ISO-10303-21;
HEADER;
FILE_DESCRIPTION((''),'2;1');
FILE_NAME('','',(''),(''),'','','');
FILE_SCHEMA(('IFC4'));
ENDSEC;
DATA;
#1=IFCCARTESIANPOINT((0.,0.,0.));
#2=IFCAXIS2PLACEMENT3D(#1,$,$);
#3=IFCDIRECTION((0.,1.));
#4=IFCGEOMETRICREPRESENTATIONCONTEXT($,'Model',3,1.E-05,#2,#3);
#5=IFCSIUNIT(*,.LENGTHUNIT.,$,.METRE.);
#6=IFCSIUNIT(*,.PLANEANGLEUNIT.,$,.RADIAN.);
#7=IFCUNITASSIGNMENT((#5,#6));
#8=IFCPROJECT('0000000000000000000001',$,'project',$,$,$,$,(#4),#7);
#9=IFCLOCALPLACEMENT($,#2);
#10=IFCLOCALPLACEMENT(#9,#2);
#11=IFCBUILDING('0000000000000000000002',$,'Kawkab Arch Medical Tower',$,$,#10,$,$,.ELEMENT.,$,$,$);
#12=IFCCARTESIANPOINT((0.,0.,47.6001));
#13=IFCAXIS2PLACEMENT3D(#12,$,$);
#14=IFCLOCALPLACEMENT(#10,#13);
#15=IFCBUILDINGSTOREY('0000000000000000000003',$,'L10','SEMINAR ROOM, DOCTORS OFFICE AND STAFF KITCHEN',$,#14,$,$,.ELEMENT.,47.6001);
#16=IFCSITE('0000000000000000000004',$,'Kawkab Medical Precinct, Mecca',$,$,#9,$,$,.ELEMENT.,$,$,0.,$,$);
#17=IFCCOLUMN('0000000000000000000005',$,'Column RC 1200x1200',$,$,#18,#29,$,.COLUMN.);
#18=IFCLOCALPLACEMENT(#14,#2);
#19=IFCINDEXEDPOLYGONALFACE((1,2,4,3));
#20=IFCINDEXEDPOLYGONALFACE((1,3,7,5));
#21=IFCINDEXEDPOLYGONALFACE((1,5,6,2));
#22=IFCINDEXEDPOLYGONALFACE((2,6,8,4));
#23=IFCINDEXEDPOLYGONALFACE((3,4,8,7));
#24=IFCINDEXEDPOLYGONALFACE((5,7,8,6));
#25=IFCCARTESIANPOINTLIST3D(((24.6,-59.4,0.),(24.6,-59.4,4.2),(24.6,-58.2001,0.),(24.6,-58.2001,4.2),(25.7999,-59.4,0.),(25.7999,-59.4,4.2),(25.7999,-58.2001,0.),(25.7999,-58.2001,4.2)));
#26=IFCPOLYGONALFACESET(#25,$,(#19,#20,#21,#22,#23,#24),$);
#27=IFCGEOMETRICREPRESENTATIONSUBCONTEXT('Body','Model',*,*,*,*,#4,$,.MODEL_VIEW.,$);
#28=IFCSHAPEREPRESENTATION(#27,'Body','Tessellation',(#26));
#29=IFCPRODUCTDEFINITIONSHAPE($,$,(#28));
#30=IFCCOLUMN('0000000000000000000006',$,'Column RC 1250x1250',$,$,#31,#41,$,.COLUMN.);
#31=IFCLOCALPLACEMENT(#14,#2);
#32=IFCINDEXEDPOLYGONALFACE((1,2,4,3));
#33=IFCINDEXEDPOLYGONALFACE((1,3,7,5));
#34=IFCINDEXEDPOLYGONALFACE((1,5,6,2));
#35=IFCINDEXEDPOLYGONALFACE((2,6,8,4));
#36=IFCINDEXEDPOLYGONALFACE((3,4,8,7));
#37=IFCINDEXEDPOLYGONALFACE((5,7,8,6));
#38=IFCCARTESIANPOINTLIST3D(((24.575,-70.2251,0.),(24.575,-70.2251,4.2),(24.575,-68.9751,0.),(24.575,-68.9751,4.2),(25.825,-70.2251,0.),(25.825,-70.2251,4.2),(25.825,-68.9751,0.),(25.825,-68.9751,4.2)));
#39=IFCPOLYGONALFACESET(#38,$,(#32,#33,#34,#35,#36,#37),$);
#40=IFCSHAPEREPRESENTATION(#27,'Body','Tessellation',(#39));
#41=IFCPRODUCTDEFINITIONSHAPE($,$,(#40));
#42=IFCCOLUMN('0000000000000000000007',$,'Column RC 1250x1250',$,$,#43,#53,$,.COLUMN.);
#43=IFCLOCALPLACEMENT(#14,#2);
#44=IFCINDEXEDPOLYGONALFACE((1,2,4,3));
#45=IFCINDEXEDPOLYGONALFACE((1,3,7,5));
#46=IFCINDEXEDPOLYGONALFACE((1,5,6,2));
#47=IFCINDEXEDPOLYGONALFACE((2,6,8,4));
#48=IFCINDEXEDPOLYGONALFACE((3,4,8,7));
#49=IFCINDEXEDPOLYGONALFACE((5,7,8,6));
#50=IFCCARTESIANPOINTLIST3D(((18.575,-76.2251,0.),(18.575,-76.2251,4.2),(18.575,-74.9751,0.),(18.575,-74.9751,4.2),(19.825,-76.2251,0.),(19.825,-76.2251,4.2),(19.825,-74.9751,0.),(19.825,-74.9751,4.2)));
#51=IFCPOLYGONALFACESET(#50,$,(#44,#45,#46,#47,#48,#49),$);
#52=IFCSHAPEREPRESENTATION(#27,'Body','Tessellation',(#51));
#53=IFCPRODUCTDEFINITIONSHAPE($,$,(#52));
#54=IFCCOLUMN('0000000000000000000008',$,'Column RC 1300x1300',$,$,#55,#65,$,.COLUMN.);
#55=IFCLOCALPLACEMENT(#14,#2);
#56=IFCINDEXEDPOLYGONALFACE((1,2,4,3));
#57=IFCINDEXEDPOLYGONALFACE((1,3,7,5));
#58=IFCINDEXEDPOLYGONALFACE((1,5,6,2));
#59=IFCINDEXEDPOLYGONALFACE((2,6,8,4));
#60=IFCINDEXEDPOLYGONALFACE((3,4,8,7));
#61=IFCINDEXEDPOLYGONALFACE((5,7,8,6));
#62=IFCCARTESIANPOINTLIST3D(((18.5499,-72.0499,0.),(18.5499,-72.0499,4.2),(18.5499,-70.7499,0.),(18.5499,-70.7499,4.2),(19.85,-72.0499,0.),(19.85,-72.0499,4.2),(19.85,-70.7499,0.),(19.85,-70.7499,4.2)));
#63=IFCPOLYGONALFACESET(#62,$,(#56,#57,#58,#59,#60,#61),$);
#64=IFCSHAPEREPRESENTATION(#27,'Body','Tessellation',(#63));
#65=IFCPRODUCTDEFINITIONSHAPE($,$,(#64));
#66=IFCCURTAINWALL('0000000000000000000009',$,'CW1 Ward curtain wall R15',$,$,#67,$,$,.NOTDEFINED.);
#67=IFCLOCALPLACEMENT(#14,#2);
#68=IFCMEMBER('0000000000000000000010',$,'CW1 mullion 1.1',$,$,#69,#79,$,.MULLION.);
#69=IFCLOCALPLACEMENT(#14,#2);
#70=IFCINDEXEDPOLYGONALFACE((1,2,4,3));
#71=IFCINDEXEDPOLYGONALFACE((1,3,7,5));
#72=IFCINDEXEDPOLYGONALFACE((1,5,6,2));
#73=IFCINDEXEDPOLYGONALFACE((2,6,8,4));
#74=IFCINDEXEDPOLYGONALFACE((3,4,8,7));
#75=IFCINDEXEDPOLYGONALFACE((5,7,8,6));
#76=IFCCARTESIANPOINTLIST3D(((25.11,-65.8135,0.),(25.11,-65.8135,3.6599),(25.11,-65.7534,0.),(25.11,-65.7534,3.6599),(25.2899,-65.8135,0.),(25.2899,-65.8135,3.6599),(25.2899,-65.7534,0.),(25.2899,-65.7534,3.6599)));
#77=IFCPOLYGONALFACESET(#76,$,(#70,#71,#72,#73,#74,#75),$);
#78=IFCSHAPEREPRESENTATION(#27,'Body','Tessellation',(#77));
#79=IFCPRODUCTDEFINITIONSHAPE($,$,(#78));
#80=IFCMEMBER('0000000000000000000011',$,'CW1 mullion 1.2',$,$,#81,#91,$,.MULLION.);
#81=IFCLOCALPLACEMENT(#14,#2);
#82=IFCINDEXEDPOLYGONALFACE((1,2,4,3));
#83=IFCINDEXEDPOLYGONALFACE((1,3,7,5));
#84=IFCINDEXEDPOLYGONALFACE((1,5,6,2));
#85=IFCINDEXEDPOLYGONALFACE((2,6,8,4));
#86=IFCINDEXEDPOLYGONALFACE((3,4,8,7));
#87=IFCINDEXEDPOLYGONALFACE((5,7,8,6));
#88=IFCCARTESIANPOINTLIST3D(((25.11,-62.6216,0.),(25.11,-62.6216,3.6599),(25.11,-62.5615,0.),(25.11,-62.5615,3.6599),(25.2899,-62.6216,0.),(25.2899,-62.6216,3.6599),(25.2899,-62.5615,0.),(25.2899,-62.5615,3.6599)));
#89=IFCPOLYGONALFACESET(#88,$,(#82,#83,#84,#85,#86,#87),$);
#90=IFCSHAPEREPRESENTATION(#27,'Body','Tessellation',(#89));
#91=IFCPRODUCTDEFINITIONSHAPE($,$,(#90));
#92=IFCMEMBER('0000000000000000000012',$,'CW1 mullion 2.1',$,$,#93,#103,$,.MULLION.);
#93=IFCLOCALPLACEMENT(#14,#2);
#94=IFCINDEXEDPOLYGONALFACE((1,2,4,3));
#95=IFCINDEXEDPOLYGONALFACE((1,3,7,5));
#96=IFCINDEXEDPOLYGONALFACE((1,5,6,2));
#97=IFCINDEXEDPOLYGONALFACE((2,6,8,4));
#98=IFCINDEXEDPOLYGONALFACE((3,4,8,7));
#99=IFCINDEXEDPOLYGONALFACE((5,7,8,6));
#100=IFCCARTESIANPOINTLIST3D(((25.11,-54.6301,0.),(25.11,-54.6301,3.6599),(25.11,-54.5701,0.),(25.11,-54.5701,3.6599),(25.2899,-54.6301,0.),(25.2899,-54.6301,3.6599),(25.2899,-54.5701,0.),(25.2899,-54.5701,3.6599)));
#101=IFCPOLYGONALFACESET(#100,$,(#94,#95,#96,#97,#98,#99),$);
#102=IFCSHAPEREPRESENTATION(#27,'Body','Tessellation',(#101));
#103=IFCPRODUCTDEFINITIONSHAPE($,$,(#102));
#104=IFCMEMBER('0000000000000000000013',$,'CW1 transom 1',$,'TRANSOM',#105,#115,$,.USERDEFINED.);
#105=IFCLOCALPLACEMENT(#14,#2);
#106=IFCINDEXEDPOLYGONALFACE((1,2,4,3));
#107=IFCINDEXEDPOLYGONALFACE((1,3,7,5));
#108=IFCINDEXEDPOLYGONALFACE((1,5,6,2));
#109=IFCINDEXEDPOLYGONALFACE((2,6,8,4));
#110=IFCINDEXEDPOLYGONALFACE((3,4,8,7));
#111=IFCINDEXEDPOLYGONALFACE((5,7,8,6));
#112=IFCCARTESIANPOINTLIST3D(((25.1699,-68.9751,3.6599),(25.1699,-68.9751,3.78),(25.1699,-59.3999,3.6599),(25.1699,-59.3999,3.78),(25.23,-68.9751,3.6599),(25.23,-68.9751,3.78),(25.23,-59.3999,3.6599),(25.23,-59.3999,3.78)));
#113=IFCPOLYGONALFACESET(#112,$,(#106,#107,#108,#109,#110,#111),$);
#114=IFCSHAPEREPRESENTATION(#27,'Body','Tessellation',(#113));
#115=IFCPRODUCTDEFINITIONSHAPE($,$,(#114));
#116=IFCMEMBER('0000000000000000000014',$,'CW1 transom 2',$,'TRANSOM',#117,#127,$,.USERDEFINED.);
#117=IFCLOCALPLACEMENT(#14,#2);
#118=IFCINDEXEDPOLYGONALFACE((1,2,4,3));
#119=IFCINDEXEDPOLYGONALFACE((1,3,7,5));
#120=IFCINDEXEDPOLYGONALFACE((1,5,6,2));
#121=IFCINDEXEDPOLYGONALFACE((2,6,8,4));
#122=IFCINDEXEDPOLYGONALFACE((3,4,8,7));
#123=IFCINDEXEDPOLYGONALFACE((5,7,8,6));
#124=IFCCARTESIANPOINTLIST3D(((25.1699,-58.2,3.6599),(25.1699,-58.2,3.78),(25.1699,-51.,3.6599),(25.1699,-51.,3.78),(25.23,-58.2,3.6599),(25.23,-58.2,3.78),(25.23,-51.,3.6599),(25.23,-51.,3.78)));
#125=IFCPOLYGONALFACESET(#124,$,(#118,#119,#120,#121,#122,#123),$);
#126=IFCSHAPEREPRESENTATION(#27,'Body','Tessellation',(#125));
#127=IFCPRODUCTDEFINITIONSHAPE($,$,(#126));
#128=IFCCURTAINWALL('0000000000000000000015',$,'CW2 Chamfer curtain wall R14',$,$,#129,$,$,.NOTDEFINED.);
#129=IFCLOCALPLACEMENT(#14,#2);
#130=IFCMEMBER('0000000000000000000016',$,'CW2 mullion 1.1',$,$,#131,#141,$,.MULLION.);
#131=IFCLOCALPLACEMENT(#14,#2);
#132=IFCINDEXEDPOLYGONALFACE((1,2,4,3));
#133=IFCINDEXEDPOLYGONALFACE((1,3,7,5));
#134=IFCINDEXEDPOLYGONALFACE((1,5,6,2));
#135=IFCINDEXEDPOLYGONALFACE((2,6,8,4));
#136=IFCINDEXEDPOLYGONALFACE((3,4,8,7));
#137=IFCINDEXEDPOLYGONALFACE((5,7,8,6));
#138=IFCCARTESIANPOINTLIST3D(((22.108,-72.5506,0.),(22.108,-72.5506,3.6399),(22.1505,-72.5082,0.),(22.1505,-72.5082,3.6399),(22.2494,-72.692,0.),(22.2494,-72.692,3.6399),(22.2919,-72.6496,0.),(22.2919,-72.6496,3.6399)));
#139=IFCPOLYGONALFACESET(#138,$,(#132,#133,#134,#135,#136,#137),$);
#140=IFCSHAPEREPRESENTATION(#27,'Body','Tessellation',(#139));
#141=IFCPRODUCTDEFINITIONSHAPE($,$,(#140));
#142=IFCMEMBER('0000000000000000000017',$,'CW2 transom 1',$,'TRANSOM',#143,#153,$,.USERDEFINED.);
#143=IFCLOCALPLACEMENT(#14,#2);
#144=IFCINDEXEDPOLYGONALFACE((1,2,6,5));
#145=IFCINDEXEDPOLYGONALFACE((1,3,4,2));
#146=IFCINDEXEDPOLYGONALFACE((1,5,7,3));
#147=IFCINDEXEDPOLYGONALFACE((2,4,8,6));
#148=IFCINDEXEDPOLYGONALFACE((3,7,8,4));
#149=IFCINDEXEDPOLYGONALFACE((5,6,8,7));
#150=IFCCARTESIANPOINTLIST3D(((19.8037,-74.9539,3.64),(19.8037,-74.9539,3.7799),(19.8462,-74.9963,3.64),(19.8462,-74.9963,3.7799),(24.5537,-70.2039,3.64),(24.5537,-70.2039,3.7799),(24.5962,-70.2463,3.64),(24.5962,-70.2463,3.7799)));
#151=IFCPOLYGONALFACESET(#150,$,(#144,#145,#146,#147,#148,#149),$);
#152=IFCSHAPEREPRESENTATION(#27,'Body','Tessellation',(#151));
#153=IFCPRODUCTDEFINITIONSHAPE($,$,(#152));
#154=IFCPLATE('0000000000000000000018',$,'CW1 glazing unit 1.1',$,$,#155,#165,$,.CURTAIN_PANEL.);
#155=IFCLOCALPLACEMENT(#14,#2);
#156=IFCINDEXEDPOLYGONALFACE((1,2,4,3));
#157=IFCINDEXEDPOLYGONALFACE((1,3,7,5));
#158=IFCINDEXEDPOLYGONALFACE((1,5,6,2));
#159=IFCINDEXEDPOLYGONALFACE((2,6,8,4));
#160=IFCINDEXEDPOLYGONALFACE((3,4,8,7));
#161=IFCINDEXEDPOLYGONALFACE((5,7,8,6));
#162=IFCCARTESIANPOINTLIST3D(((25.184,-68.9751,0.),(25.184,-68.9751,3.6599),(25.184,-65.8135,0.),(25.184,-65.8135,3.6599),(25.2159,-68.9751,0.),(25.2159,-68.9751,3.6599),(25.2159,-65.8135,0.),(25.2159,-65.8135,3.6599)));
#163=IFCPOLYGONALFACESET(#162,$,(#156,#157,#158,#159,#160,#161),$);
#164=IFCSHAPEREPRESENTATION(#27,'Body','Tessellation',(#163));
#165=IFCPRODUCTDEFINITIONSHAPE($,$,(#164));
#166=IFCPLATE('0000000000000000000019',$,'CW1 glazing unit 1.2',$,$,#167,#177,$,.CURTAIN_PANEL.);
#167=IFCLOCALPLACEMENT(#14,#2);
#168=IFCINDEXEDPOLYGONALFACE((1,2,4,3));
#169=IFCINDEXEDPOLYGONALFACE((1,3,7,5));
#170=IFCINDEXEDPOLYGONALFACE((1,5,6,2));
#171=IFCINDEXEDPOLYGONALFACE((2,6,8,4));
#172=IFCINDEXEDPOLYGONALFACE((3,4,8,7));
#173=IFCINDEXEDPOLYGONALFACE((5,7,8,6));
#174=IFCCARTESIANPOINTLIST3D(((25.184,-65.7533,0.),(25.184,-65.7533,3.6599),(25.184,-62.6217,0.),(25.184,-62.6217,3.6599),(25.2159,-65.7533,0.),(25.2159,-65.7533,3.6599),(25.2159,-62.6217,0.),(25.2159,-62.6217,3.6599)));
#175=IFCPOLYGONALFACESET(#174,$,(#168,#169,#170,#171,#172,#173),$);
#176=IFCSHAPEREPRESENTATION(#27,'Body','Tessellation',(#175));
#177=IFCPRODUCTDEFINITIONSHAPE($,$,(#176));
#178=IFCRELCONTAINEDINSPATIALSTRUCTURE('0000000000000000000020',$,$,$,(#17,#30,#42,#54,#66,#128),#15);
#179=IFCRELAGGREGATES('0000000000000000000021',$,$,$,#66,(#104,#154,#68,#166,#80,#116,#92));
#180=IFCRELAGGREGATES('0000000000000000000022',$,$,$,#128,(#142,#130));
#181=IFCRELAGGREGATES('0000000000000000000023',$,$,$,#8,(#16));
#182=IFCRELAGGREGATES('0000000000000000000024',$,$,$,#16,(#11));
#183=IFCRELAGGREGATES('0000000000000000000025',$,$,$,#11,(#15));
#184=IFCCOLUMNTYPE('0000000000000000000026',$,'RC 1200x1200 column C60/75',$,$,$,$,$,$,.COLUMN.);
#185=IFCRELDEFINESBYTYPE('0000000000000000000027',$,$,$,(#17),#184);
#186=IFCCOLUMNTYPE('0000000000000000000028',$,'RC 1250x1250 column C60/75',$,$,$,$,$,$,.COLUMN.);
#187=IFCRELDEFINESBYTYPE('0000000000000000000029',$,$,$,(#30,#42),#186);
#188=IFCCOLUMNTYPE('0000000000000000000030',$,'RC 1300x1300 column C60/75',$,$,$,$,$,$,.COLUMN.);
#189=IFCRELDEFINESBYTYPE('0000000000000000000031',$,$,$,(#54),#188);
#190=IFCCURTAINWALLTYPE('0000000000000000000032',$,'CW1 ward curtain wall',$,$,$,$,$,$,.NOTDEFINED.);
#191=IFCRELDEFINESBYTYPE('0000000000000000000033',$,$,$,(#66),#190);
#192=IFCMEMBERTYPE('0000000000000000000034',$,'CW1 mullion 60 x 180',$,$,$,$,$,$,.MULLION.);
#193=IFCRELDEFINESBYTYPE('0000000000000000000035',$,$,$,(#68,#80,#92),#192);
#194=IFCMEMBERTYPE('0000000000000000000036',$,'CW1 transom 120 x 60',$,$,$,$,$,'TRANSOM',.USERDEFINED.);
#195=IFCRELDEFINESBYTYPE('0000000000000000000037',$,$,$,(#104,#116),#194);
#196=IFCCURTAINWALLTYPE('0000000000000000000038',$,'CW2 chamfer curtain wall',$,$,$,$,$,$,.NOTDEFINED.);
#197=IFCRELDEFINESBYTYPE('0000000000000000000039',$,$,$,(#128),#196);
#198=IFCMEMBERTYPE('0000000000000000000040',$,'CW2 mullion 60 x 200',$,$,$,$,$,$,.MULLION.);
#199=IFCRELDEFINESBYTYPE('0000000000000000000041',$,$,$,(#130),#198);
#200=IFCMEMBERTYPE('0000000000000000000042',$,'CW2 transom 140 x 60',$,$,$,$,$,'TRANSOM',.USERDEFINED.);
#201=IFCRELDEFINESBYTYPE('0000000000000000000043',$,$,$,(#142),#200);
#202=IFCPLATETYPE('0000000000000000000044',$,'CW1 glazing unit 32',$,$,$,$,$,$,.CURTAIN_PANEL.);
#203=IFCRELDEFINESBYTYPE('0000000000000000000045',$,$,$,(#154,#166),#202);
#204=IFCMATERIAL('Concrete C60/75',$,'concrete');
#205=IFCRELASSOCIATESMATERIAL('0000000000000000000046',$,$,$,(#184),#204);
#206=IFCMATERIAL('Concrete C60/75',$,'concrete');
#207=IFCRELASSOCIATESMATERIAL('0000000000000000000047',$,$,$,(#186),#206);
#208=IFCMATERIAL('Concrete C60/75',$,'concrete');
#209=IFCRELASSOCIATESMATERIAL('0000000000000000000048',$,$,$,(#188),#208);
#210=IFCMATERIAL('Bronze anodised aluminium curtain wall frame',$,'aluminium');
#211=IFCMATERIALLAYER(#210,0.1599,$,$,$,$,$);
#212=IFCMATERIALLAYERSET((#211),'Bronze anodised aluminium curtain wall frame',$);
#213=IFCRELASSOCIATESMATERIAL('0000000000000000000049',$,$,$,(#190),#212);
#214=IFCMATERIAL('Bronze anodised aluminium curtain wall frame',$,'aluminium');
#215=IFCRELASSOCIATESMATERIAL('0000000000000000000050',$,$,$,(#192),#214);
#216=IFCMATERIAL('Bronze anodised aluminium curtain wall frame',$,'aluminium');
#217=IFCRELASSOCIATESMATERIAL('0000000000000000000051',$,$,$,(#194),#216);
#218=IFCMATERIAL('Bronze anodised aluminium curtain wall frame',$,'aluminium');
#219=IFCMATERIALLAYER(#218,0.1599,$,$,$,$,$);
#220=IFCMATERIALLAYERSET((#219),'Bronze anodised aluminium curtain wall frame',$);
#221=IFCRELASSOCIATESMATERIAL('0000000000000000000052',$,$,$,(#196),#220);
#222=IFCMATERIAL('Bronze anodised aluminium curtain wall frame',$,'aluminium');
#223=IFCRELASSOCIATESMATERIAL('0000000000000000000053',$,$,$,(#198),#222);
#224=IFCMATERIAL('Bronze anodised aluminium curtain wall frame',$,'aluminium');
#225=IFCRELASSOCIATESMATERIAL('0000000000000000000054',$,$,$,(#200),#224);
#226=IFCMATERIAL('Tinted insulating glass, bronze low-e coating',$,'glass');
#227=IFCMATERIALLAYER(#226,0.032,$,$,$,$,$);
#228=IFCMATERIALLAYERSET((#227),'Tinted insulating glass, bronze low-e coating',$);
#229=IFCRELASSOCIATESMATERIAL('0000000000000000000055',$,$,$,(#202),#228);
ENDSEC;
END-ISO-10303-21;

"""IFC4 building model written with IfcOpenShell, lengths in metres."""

from ifc_helpers import new_model, si_unit, direction, frame, origin, origin_2d, place, context, subcontext, project, spatial, rectangle, extrude, material, layer, layer_set, material_profile, profile_set, type_object, element, aggregate, save


model = new_model("IFC4")

# Units and contexts
model_context = context("Model", 3, precision=1e-05, world=origin(), true_north=direction((0.0, 1.0)))
body_context = subcontext(model_context, "Body", "Model", "MODEL_VIEW")
ifc_project = project(units=[si_unit("LENGTHUNIT", "METRE"), si_unit("PLANEANGLEUNIT", "RADIAN")], contexts=[model_context])

# Site, building, storey
site_placement = place(None, origin())
site = spatial("IfcSite", under=ifc_project, at=site_placement, Name="Kawkab Medical Precinct, Mecca", CompositionType="ELEMENT", RefElevation=0.0)
building_placement = place(site_placement, origin())
building = spatial("IfcBuilding", under=site, at=building_placement, Name="Kawkab Arch Medical Tower", CompositionType="ELEMENT")
storey_placement = place(building_placement, frame((0.0, 0.0, 47.6001)))
storey = spatial("IfcBuildingStorey", under=building, at=storey_placement, Name="L10", Description="SEMINAR ROOM, DOCTORS OFFICE AND STAFF KITCHEN", CompositionType="ELEMENT", Elevation=47.6001)

# Columns
ifc_material_1 = material(Name="Concrete C60/75", Category="concrete")
ifc_material_profile_1 = material_profile(ifc_material_1, rectangle(XDim=1.2, YDim=1.2, at=origin_2d()), Name="RC 1200x1200")
ifc_profile_set_1 = profile_set([ifc_material_profile_1], Name="Concrete C60/75")
column_type_1 = type_object("IfcColumnType", Name="RC 1200x1200 column C60/75", PredefinedType="COLUMN", material=ifc_profile_set_1)
column_1_placement = place(storey_placement, frame((25.2, -58.8, 0.0), z_axis=(0.0, 0.0, 1.0), x_axis=(1.0, 0.0, 0.0)))
element("IfcColumn", 1, at=column_1_placement, inside=storey, type_object=column_type_1, Name="Column RC 1200x1200", PredefinedType="COLUMN", context=body_context, shape_type="SweptSolid", body=[
    extrude(rectangle(XDim=1.2, YDim=1.2, at=origin_2d()), origin(), (0.0, 0.0, 1.0), 4.2),
])
ifc_material_2 = material(Name="Concrete C60/75", Category="concrete")
ifc_material_profile_2 = material_profile(ifc_material_2, rectangle(XDim=1.25, YDim=1.25, at=origin_2d()), Name="RC 1250x1250")
ifc_profile_set_2 = profile_set([ifc_material_profile_2], Name="Concrete C60/75")
column_type_2 = type_object("IfcColumnType", Name="RC 1250x1250 column C60/75", PredefinedType="COLUMN", material=ifc_profile_set_2)
for number, where, z_axis, x_axis, name in (
    (2, (25.2, -69.6001, 0.0), (0.0, 0.0, 1.0), (1.0, 0.0, 0.0), "Column RC 1250x1250"),
    (3, (19.2, -75.6001, 0.0), (0.0, 0.0, 1.0), (1.0, 0.0, 0.0), "Column RC 1250x1250"),
):
    element("IfcColumn", number, at=place(storey_placement, frame(where, z_axis=z_axis, x_axis=x_axis)), inside=storey, type_object=column_type_2, Name=name, PredefinedType="COLUMN", context=body_context, shape_type="SweptSolid", body=[
        extrude(rectangle(XDim=1.25, YDim=1.25, at=origin_2d()), origin(), (0.0, 0.0, 1.0), 4.2),
    ])
ifc_material_3 = material(Name="Concrete C60/75", Category="concrete")
ifc_material_profile_3 = material_profile(ifc_material_3, rectangle(XDim=1.3, YDim=1.3, at=origin_2d()), Name="RC 1300x1300")
ifc_profile_set_3 = profile_set([ifc_material_profile_3], Name="Concrete C60/75")
column_type_3 = type_object("IfcColumnType", Name="RC 1300x1300 column C60/75", PredefinedType="COLUMN", material=ifc_profile_set_3)
column_2_placement = place(storey_placement, frame((19.2, -71.3999, 0.0), z_axis=(0.0, 0.0, 1.0), x_axis=(1.0, 0.0, 0.0)))
element("IfcColumn", 4, at=column_2_placement, inside=storey, type_object=column_type_3, Name="Column RC 1300x1300", PredefinedType="COLUMN", context=body_context, shape_type="SweptSolid", body=[
    extrude(rectangle(XDim=1.3, YDim=1.3, at=origin_2d()), origin(), (0.0, 0.0, 1.0), 4.2),
])

# Curtain walls, members
ifc_material_4 = material(Name="Bronze anodised aluminium curtain wall frame", Category="aluminium")
ifc_layer_1 = layer(ifc_material_4, 0.1599)
ifc_layer_set_1 = layer_set([ifc_layer_1], Name="Bronze anodised aluminium curtain wall frame")
curtain_wall_type_1 = type_object("IfcCurtainWallType", Name="CW1 ward curtain wall", PredefinedType="NOTDEFINED", material=ifc_layer_set_1)
placement = place(storey_placement, origin())
curtain_wall_1 = element("IfcCurtainWall", 5, at=placement, inside=storey, type_object=curtain_wall_type_1, Name="CW1 Ward curtain wall R15", PredefinedType="NOTDEFINED")
ifc_material_5 = material(Name="Bronze anodised aluminium curtain wall frame", Category="aluminium")
ifc_material_profile_4 = material_profile(ifc_material_5, rectangle(XDim=0.1799, YDim=0.0601, at=origin_2d()), Name="AL 60x180")
ifc_profile_set_4 = profile_set([ifc_material_profile_4], Name="Bronze anodised aluminium curtain wall frame")
member_type_1 = type_object("IfcMemberType", Name="CW1 mullion 60 x 180", PredefinedType="MULLION", material=ifc_profile_set_4)
member_1_placement = place(storey_placement, frame((25.2, -65.7834, 0.0), z_axis=(0.0, 0.0, 1.0), x_axis=(-1.0, 0.0, 0.0)))
member_1 = element("IfcMember", 6, at=member_1_placement, type_object=member_type_1, Name="CW1 mullion 1.1", PredefinedType="MULLION", context=body_context, shape_type="SweptSolid", body=[
    extrude(rectangle(XDim=0.1799, YDim=0.0601, at=origin_2d()), origin(), (0.0, 0.0, 1.0), 3.6599),
])
member_2_placement = place(storey_placement, frame((25.2, -62.5916, 0.0), z_axis=(0.0, 0.0, 1.0), x_axis=(-1.0, 0.0, 0.0)))
member_2 = element("IfcMember", 7, at=member_2_placement, type_object=member_type_1, Name="CW1 mullion 1.2", PredefinedType="MULLION", context=body_context, shape_type="SweptSolid", body=[
    extrude(rectangle(XDim=0.1799, YDim=0.0601, at=origin_2d()), origin(), (0.0, 0.0, 1.0), 3.6599),
])
member_3_placement = place(storey_placement, frame((25.2, -54.6001, 0.0), z_axis=(0.0, 0.0, 1.0), x_axis=(-1.0, 0.0, 0.0)))
member_3 = element("IfcMember", 8, at=member_3_placement, type_object=member_type_1, Name="CW1 mullion 2.1", PredefinedType="MULLION", context=body_context, shape_type="SweptSolid", body=[
    extrude(rectangle(XDim=0.1799, YDim=0.0601, at=origin_2d()), origin(), (0.0, 0.0, 1.0), 3.6599),
])
ifc_material_6 = material(Name="Bronze anodised aluminium curtain wall frame", Category="aluminium")
ifc_material_profile_5 = material_profile(ifc_material_6, rectangle(XDim=0.0601, YDim=0.1201, at=origin_2d()), Name="AL 60x120")
ifc_profile_set_5 = profile_set([ifc_material_profile_5], Name="Bronze anodised aluminium curtain wall frame")
member_type_2 = type_object("IfcMemberType", Name="CW1 transom 120 x 60", ElementType="TRANSOM", PredefinedType="USERDEFINED", material=ifc_profile_set_5)
member_4_placement = place(storey_placement, frame((25.2, -68.9751, 3.72), z_axis=(0.0, 1.0, 0.0), x_axis=(-1.0, 0.0, 0.0)))
member_4 = element("IfcMember", 9, at=member_4_placement, type_object=member_type_2, Name="CW1 transom 1", ObjectType="TRANSOM", PredefinedType="USERDEFINED", context=body_context, shape_type="SweptSolid", body=[
    extrude(rectangle(XDim=0.0601, YDim=0.1201, at=origin_2d()), origin(), (0.0, 0.0, 1.0), 9.5752),
])
member_5_placement = place(storey_placement, frame((25.2, -58.2, 3.72), z_axis=(0.0, 1.0, 0.0), x_axis=(-1.0, 0.0, 0.0)))
member_5 = element("IfcMember", 10, at=member_5_placement, type_object=member_type_2, Name="CW1 transom 2", ObjectType="TRANSOM", PredefinedType="USERDEFINED", context=body_context, shape_type="SweptSolid", body=[
    extrude(rectangle(XDim=0.0601, YDim=0.1201, at=origin_2d()), origin(), (0.0, 0.0, 1.0), 7.2),
])
ifc_material_7 = material(Name="Bronze anodised aluminium curtain wall frame", Category="aluminium")
ifc_layer_2 = layer(ifc_material_7, 0.1599)
ifc_layer_set_2 = layer_set([ifc_layer_2], Name="Bronze anodised aluminium curtain wall frame")
curtain_wall_type_2 = type_object("IfcCurtainWallType", Name="CW2 chamfer curtain wall", PredefinedType="NOTDEFINED", material=ifc_layer_set_2)
curtain_wall_2 = element("IfcCurtainWall", 11, at=placement, inside=storey, type_object=curtain_wall_type_2, Name="CW2 Chamfer curtain wall R14", PredefinedType="NOTDEFINED")
ifc_material_8 = material(Name="Bronze anodised aluminium curtain wall frame", Category="aluminium")
ifc_material_profile_6 = material_profile(ifc_material_8, rectangle(XDim=0.2, YDim=0.0601, at=origin_2d()), Name="AL 60x200")
ifc_profile_set_6 = profile_set([ifc_material_profile_6], Name="Bronze anodised aluminium curtain wall frame")
member_type_3 = type_object("IfcMemberType", Name="CW2 mullion 60 x 200", PredefinedType="MULLION", material=ifc_profile_set_6)
member_6_placement = place(storey_placement, frame((22.2, -72.6001, 0.0), z_axis=(0.0, 0.0, 1.0), x_axis=(-0.707107, 0.707107, 0.0)))
member_6 = element("IfcMember", 12, at=member_6_placement, type_object=member_type_3, Name="CW2 mullion 1.1", PredefinedType="MULLION", context=body_context, shape_type="SweptSolid", body=[
    extrude(rectangle(XDim=0.2, YDim=0.0601, at=origin_2d()), origin(), (0.0, 0.0, 1.0), 3.6399),
])
ifc_material_9 = material(Name="Bronze anodised aluminium curtain wall frame", Category="aluminium")
ifc_material_profile_7 = material_profile(ifc_material_9, rectangle(XDim=0.0601, YDim=0.1399, at=origin_2d()), Name="AL 60x140")
ifc_profile_set_7 = profile_set([ifc_material_profile_7], Name="Bronze anodised aluminium curtain wall frame")
member_type_4 = type_object("IfcMemberType", Name="CW2 transom 140 x 60", ElementType="TRANSOM", PredefinedType="USERDEFINED", material=ifc_profile_set_7)
member_7_placement = place(storey_placement, frame((19.825, -74.9751, 3.71), z_axis=(0.707107, 0.707107, 0.0), x_axis=(-0.707107, 0.707107, 0.0)))
member_7 = element("IfcMember", 13, at=member_7_placement, type_object=member_type_4, Name="CW2 transom 1", ObjectType="TRANSOM", PredefinedType="USERDEFINED", context=body_context, shape_type="SweptSolid", body=[
    extrude(rectangle(XDim=0.0601, YDim=0.1399, at=origin_2d()), origin(), (0.0, 0.0, 1.0), 6.7175),
])

# Plates
ifc_material_10 = material(Name="Tinted insulating glass, bronze low-e coating", Category="glass")
ifc_layer_3 = layer(ifc_material_10, 0.032)
ifc_layer_set_3 = layer_set([ifc_layer_3], Name="Tinted insulating glass, bronze low-e coating")
plate_type_1 = type_object("IfcPlateType", Name="CW1 glazing unit 32", PredefinedType="CURTAIN_PANEL", material=ifc_layer_set_3)
plate_1_placement = place(storey_placement, frame((25.2, -67.3943, 0.0), z_axis=(0.0, 0.0, 1.0), x_axis=(0.0, 1.0, 0.0)))
plate_1 = element("IfcPlate", 14, at=plate_1_placement, type_object=plate_type_1, Name="CW1 glazing unit 1.1", PredefinedType="CURTAIN_PANEL", context=body_context, shape_type="SweptSolid", body=[
    extrude(rectangle(XDim=3.1616, YDim=0.032, at=origin_2d()), origin(), (0.0, 0.0, 1.0), 3.6599),
])
plate_2_placement = place(storey_placement, frame((25.2, -64.1875, 0.0), z_axis=(0.0, 0.0, 1.0), x_axis=(0.0, 1.0, 0.0)))
plate_2 = element("IfcPlate", 15, at=plate_2_placement, type_object=plate_type_1, Name="CW1 glazing unit 1.2", PredefinedType="CURTAIN_PANEL", context=body_context, shape_type="SweptSolid", body=[
    extrude(rectangle(XDim=3.1316, YDim=0.032, at=origin_2d()), origin(), (0.0, 0.0, 1.0), 3.6599),
])
aggregate(curtain_wall_1, [member_4, plate_1, member_1, plate_2, member_2, member_5, member_3])
aggregate(curtain_wall_2, [member_7, member_6])

save(model, "model.ifc")
